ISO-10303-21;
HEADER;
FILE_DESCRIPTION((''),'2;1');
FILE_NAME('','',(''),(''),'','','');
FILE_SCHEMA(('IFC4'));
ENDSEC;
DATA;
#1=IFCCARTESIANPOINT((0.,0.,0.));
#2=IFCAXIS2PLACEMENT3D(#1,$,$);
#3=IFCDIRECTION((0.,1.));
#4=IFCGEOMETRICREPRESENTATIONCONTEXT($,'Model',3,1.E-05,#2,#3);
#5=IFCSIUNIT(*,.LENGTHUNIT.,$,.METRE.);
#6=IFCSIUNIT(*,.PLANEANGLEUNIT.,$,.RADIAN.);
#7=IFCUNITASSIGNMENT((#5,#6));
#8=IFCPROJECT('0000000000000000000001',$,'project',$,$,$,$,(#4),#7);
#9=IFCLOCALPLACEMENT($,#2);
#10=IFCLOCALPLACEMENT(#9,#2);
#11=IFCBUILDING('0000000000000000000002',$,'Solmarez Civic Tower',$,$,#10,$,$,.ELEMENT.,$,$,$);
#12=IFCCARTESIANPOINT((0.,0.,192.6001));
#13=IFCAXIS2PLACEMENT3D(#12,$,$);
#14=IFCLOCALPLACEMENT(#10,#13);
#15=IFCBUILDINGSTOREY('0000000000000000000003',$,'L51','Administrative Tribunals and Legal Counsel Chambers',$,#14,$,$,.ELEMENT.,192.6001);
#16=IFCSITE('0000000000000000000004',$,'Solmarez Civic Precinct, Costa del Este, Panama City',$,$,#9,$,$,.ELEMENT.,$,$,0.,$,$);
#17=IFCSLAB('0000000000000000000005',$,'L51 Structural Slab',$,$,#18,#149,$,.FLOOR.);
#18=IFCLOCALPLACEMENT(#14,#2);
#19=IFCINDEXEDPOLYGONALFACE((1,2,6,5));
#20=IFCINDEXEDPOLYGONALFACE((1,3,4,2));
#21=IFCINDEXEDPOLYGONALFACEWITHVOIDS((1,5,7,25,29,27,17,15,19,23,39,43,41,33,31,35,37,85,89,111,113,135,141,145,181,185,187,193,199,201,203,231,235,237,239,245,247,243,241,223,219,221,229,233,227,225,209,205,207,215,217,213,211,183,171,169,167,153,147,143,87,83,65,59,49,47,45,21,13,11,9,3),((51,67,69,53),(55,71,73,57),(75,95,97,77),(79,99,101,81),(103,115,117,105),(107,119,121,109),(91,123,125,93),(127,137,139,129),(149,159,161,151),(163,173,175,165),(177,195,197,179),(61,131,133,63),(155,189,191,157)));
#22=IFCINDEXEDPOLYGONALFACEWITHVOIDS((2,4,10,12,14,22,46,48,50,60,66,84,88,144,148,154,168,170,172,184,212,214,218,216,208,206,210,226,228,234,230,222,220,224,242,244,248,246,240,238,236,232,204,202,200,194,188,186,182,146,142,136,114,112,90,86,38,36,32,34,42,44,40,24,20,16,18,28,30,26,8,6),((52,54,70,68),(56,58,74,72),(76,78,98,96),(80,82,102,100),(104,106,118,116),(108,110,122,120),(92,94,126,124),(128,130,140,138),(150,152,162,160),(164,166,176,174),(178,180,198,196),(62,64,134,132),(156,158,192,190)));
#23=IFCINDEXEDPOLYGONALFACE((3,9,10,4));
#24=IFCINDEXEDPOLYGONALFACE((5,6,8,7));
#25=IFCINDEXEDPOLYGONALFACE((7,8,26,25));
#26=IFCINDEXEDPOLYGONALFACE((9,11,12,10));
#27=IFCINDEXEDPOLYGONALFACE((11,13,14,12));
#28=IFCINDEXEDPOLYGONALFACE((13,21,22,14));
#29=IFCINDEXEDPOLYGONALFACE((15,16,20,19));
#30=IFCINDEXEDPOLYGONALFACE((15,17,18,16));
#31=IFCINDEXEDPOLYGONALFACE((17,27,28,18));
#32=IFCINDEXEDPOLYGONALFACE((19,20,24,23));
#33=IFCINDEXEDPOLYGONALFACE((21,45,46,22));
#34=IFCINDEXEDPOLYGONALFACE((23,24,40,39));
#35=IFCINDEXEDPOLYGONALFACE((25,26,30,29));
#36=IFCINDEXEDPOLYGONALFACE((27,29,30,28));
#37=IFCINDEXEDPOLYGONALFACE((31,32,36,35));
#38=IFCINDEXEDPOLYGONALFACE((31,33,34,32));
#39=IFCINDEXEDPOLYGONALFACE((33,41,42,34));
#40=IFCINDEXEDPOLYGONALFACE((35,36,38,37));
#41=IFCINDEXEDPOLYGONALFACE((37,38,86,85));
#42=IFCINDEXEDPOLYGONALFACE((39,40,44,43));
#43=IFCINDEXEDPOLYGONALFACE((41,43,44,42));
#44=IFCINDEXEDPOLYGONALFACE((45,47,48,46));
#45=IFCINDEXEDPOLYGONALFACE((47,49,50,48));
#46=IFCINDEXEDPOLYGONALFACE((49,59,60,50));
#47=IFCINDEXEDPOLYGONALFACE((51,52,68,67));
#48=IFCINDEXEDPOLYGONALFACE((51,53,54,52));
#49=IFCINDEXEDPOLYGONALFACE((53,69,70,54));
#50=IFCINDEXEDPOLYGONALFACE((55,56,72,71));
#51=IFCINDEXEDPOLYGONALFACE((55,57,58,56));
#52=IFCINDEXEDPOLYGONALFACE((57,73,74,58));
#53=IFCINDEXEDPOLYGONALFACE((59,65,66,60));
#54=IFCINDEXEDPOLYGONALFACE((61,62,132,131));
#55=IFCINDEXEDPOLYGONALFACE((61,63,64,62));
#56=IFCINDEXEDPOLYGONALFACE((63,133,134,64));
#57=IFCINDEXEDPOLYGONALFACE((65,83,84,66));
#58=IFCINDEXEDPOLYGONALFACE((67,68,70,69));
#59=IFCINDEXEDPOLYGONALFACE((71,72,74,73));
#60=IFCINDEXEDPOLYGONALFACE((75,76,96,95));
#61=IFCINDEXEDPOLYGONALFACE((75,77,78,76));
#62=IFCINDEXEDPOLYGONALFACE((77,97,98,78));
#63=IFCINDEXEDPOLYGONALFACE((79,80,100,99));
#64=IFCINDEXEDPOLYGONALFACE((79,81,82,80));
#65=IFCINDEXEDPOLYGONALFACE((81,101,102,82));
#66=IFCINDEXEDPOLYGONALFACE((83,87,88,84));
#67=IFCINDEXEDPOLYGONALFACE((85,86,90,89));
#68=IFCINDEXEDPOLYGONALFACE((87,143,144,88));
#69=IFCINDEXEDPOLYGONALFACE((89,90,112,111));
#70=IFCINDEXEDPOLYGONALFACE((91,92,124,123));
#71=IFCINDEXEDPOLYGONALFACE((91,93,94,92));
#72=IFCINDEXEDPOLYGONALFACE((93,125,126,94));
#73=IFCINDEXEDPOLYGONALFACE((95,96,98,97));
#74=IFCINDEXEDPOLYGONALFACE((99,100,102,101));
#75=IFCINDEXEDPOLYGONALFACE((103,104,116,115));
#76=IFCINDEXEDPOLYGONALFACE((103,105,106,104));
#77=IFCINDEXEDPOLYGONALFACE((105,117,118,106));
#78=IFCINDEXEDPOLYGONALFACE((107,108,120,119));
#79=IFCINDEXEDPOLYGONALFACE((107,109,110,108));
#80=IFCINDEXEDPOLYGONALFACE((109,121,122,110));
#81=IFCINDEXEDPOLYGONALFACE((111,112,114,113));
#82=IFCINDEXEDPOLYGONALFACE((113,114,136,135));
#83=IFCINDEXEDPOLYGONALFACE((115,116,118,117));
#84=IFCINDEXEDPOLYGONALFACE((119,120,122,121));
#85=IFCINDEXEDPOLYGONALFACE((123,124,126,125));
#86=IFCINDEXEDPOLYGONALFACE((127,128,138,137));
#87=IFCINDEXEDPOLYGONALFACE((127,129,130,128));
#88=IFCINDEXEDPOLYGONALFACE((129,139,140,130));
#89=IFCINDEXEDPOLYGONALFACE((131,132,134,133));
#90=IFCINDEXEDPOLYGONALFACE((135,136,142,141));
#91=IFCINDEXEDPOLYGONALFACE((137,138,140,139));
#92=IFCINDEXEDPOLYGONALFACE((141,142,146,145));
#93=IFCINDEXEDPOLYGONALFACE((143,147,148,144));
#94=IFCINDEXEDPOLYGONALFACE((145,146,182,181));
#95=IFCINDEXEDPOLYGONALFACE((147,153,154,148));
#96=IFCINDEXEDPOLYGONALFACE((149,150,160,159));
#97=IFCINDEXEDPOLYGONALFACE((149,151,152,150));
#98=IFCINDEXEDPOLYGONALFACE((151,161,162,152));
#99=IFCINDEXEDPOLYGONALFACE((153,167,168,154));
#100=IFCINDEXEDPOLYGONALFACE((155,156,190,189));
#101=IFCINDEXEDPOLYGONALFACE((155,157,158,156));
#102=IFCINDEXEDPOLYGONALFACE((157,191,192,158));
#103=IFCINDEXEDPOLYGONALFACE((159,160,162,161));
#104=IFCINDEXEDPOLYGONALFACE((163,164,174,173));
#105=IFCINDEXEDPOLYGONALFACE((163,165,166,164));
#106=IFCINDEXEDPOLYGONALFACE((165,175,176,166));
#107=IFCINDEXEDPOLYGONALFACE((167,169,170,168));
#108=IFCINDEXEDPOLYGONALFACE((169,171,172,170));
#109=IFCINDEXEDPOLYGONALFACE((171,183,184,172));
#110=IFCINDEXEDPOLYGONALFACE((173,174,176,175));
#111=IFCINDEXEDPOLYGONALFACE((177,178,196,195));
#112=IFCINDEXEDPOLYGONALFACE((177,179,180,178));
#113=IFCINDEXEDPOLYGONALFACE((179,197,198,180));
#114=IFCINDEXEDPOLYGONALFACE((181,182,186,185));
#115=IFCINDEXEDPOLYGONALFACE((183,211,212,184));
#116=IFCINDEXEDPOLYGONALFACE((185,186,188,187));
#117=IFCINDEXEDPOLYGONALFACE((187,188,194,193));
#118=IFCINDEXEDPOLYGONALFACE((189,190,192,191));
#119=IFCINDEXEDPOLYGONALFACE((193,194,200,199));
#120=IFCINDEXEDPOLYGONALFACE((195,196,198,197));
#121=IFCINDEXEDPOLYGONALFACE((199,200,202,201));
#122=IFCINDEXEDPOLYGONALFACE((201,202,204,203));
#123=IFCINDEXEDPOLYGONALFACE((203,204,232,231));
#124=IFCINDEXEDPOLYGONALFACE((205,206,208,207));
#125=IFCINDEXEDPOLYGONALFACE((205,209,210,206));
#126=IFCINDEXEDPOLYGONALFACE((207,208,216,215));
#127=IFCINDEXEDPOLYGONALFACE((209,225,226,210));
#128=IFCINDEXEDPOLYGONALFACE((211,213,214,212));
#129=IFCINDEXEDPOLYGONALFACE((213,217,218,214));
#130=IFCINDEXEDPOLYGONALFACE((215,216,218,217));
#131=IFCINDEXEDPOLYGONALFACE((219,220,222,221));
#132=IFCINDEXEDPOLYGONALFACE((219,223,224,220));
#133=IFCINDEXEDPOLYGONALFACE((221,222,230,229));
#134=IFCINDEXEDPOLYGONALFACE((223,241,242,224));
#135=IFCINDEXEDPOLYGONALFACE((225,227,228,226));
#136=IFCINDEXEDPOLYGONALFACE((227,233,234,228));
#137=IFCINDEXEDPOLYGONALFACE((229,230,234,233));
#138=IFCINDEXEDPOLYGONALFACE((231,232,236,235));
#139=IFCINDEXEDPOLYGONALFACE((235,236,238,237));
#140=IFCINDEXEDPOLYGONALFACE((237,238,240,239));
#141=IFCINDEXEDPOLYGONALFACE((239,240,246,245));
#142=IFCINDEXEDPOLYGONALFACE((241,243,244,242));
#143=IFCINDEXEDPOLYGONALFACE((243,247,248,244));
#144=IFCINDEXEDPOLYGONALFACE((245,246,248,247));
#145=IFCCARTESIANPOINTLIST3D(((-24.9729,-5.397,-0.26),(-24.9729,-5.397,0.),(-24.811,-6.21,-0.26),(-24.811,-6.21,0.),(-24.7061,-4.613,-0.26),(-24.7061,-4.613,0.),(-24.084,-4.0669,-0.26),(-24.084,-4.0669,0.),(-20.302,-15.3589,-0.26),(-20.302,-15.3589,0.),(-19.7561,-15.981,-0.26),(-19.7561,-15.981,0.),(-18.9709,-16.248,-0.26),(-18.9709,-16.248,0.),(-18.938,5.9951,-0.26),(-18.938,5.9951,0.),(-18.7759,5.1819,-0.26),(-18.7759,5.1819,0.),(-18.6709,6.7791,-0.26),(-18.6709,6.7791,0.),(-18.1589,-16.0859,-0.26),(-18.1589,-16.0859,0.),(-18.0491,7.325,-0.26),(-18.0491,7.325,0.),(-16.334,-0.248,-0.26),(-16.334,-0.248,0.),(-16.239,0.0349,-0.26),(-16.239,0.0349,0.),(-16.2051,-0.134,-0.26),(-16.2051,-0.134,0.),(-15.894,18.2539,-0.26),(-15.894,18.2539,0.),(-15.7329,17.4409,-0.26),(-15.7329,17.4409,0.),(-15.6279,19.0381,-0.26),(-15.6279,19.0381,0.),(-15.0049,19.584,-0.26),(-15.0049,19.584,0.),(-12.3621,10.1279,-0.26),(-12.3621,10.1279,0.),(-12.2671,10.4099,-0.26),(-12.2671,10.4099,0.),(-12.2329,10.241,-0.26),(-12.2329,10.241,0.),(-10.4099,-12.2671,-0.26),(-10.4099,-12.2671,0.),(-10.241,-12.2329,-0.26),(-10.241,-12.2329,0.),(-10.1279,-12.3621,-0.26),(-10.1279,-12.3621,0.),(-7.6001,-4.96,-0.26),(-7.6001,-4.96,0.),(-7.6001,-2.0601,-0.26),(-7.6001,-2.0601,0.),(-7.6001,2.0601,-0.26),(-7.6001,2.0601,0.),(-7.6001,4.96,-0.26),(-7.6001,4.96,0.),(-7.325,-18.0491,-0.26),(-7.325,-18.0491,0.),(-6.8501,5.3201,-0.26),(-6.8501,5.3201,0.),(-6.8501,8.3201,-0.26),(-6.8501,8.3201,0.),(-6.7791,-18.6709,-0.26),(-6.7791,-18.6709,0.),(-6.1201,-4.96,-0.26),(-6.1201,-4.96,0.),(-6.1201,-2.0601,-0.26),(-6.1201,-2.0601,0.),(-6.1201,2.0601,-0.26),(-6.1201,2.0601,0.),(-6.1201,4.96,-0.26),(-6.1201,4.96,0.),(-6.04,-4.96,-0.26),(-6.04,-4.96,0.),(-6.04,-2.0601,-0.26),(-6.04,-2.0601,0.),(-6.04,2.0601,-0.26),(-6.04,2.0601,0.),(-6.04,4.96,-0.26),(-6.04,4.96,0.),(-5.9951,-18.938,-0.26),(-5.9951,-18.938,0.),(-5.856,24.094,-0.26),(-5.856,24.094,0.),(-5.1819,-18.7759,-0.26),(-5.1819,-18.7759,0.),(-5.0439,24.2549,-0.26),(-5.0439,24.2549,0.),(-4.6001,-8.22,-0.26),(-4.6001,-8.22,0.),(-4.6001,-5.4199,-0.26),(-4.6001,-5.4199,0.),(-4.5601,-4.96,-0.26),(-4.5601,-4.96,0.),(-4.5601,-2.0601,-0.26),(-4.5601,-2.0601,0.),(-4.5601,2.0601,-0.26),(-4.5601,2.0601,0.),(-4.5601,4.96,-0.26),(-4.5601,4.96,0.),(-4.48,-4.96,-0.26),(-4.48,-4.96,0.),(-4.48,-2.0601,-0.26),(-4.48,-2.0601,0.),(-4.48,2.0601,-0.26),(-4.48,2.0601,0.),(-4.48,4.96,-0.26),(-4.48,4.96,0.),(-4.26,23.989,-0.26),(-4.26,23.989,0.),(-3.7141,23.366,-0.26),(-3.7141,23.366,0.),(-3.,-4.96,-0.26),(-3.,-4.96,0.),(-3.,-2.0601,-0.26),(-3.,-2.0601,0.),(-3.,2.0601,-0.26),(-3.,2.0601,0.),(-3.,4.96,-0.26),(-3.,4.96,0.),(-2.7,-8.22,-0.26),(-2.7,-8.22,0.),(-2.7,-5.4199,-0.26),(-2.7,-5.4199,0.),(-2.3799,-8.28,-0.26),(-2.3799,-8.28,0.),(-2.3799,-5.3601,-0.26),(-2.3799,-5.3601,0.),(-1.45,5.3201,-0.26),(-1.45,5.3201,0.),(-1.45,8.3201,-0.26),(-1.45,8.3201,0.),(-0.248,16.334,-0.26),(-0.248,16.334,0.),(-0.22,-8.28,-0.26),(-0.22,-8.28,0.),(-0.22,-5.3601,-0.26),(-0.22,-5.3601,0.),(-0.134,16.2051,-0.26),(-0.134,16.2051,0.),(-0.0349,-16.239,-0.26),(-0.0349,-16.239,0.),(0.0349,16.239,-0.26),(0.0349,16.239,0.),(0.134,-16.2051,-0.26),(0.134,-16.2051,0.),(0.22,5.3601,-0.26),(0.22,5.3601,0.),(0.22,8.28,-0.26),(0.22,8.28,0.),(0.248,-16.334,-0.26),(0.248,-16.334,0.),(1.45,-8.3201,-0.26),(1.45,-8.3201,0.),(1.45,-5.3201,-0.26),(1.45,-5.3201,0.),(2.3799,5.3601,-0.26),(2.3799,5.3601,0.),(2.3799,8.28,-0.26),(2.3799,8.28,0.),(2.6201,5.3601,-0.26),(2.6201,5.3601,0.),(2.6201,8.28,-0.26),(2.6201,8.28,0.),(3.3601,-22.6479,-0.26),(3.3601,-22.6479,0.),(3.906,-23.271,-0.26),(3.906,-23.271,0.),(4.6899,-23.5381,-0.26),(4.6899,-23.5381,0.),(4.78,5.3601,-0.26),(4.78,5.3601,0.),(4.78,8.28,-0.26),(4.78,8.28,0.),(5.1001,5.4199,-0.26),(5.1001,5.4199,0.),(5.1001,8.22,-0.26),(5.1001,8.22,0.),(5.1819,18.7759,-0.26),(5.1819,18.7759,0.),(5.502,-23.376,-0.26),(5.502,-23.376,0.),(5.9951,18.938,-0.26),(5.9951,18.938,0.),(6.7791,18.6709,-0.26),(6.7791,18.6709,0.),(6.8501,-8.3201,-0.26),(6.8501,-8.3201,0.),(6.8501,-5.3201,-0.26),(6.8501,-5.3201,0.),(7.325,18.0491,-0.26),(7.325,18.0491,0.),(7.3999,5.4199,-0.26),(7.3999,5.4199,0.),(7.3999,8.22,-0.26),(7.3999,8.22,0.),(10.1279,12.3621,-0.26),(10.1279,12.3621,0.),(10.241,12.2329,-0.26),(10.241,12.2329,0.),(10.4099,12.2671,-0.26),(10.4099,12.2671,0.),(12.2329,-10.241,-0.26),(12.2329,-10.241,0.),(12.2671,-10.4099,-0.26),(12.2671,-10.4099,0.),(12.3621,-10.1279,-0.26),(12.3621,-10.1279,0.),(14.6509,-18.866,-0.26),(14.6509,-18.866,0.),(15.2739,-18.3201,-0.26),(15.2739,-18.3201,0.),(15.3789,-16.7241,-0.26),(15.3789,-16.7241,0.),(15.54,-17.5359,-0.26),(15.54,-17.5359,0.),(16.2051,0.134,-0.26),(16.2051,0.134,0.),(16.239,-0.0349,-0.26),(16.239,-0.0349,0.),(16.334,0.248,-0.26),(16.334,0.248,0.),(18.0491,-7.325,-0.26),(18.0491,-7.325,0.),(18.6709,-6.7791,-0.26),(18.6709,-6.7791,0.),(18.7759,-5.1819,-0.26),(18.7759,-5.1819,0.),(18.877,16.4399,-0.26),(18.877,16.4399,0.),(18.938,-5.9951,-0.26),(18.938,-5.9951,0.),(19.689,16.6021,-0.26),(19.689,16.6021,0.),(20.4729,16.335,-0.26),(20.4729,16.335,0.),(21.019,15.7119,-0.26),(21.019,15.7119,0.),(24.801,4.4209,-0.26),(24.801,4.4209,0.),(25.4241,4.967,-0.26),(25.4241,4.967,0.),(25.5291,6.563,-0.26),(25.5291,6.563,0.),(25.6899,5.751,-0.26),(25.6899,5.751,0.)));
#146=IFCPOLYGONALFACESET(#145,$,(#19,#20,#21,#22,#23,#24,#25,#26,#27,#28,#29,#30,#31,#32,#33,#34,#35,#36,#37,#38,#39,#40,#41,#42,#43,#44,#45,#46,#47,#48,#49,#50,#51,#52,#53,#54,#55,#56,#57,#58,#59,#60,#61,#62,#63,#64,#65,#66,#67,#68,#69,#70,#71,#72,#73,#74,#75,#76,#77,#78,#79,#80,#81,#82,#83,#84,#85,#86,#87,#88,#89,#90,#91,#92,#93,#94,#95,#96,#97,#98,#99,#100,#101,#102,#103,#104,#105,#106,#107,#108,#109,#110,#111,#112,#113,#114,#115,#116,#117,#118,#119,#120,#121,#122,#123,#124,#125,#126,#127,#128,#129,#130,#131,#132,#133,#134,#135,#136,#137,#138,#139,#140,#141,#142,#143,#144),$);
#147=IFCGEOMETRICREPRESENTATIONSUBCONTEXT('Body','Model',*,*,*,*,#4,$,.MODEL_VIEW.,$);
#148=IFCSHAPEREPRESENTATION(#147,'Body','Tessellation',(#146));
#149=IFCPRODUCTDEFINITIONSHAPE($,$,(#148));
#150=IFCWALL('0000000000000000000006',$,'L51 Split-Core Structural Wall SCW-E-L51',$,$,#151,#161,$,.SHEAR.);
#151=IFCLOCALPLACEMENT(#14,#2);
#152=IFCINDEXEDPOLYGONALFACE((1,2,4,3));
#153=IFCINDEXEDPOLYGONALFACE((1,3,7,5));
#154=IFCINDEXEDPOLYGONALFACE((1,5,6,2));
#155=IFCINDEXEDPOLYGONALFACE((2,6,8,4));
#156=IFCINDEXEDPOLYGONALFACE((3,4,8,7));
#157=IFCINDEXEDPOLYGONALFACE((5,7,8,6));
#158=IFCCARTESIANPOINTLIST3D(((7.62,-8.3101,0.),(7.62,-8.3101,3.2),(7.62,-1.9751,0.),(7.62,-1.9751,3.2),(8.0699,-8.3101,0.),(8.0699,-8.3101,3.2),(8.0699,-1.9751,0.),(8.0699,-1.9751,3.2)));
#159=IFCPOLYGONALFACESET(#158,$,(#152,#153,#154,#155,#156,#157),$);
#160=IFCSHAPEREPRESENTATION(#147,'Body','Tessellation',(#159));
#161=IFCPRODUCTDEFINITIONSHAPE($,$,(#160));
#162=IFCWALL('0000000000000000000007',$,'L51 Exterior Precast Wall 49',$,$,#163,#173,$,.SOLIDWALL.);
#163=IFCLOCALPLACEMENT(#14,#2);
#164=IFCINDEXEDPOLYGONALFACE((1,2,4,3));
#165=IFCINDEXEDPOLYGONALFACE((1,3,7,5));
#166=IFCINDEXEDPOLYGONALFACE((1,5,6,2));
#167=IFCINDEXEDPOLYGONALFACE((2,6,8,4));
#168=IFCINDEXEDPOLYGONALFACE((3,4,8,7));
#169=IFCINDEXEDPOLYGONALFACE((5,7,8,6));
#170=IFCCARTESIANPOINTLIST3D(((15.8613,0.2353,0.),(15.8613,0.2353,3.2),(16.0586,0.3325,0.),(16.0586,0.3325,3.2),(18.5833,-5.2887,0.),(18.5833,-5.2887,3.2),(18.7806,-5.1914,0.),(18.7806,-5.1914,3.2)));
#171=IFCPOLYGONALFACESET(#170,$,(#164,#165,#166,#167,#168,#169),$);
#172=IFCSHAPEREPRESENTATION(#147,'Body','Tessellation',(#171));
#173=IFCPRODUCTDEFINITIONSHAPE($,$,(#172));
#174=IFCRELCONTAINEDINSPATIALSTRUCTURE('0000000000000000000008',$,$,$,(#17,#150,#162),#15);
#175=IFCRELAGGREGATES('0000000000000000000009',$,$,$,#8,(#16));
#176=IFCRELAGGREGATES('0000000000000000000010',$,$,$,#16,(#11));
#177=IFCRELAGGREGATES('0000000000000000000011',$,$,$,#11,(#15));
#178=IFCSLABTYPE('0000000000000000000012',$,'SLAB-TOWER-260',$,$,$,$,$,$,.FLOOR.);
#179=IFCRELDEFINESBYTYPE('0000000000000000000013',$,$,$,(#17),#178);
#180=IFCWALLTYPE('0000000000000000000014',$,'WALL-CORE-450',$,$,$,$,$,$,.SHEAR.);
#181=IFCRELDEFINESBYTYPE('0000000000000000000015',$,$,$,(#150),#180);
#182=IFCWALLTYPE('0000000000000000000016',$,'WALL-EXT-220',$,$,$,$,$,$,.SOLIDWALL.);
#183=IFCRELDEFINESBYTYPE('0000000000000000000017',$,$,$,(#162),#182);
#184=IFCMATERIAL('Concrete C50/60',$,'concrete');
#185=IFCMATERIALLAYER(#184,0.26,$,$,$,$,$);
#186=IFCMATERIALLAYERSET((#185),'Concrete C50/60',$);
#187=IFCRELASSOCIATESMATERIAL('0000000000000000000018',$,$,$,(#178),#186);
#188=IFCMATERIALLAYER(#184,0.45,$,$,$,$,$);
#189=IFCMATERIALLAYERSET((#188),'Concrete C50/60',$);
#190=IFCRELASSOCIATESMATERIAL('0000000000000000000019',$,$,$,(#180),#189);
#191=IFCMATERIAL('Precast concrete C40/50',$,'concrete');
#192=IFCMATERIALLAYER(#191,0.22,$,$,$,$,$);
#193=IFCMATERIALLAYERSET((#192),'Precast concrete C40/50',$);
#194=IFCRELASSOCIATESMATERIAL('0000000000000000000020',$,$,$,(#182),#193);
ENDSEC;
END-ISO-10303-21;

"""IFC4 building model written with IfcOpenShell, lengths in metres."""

from ifc_helpers import new_model, si_unit, direction, frame, frame_2d, origin, place, context, subcontext, project, spatial, polyline, rectangle, outline, extrude, material, layer, layer_set, type_object, element, save


model = new_model("IFC4")

# Units and contexts
model_context = context("Model", 3, precision=1e-05, world=origin(), true_north=direction((0.0, 1.0)))
body_context = subcontext(model_context, "Body", "Model", "MODEL_VIEW")
ifc_project = project(units=[si_unit("LENGTHUNIT", "METRE"), si_unit("PLANEANGLEUNIT", "RADIAN")], contexts=[model_context])

# Site, building, storey
site_placement = place(None, origin())
site = spatial("IfcSite", under=ifc_project, at=site_placement, Name="Solmarez Civic Precinct, Costa del Este, Panama City", CompositionType="ELEMENT", RefElevation=0.0)
building_placement = place(site_placement, origin())
building = spatial("IfcBuilding", under=site, at=building_placement, Name="Solmarez Civic Tower", CompositionType="ELEMENT")
storey_placement = place(building_placement, frame((0.0, 0.0, 192.6001)))
storey = spatial("IfcBuildingStorey", under=building, at=storey_placement, Name="L51", Description="Administrative Tribunals and Legal Counsel Chambers", CompositionType="ELEMENT", Elevation=192.6001)

# Shared definitions
ifc_material_1 = material(Name="Concrete C50/60", Category="concrete")

# Slab
ifc_layer_1 = layer(ifc_material_1, 0.26)
ifc_layer_set_1 = layer_set([ifc_layer_1], Name="Concrete C50/60")
slab_type_1 = type_object("IfcSlabType", Name="SLAB-TOWER-260", PredefinedType="FLOOR", material=ifc_layer_set_1)
slab_1_placement = place(storey_placement, frame((0.0, 0.0, -0.26)))
element("IfcSlab", 1, at=slab_1_placement, inside=storey, type_object=slab_type_1, Name="L51 Structural Slab", PredefinedType="FLOOR", context=body_context, shape_type="SweptSolid", body=[
    extrude(outline(polyline([(-10.1279, -12.3621), (-7.325, -18.0491), (-6.7791, -18.6709), (-5.9951, -18.938), (-5.1819, -18.7759), (-0.0349, -16.239), (0.134, -16.2051), (0.248, -16.334), (3.3601, -22.6479), (3.906, -23.271), (4.6899, -23.5381), (5.502, -23.376), (14.6509, -18.866), (15.2739, -18.3201), (15.54, -17.5359), (15.3789, -16.7241), (12.2671, -10.4099), (12.2329, -10.241), (12.3621, -10.1279), (18.0491, -7.325), (18.6709, -6.7791), (18.938, -5.9951), (18.7759, -5.1819), (16.239, -0.0349), (16.2051, 0.134), (16.334, 0.248), (24.801, 4.4209), (25.4241, 4.967), (25.6899, 5.751), (25.5291, 6.563), (21.019, 15.7119), (20.4729, 16.335), (19.689, 16.6021), (18.877, 16.4399), (10.4099, 12.2671), (10.241, 12.2329), (10.1279, 12.3621), (7.325, 18.0491), (6.7791, 18.6709), (5.9951, 18.938), (5.1819, 18.7759), (0.0349, 16.239), (-0.134, 16.2051), (-0.248, 16.334), (-3.7141, 23.366), (-4.26, 23.989), (-5.0439, 24.2549), (-5.856, 24.094), (-15.0049, 19.584), (-15.6279, 19.0381), (-15.894, 18.2539), (-15.7329, 17.4409), (-12.2671, 10.4099), (-12.2329, 10.241), (-12.3621, 10.1279), (-18.0491, 7.325), (-18.6709, 6.7791), (-18.938, 5.9951), (-18.7759, 5.1819), (-16.239, 0.0349), (-16.2051, -0.134), (-16.334, -0.248), (-24.084, -4.0669), (-24.7061, -4.613), (-24.9729, -5.397), (-24.811, -6.21), (-20.302, -15.3589), (-19.7561, -15.981), (-18.9709, -16.248), (-18.1589, -16.0859), (-10.4099, -12.2671), (-10.241, -12.2329), (-10.1279, -12.3621)]), holes=[polyline([(-1.45, 8.3201), (-6.8501, 8.3201), (-6.8501, 5.3201), (-1.45, 5.3201), (-1.45, 8.3201)]), polyline([(1.45, -8.3201), (6.8501, -8.3201), (6.8501, -5.3201), (1.45, -5.3201), (1.45, -8.3201)]), polyline([(0.22, 5.3601), (2.3799, 5.3601), (2.3799, 8.28), (0.22, 8.28), (0.22, 5.3601)]), polyline([(2.6201, 5.3601), (4.78, 5.3601), (4.78, 8.28), (2.6201, 8.28), (2.6201, 5.3601)]), polyline([(-2.3799, -8.28), (-0.22, -8.28), (-0.22, -5.3601), (-2.3799, -5.3601), (-2.3799, -8.28)]), polyline([(-7.6001, -4.96), (-6.1201, -4.96), (-6.1201, -2.0601), (-7.6001, -2.0601), (-7.6001, -4.96)]), polyline([(-6.04, -4.96), (-4.5601, -4.96), (-4.5601, -2.0601), (-6.04, -2.0601), (-6.04, -4.96)]), polyline([(-4.48, -4.96), (-3.0, -4.96), (-3.0, -2.0601), (-4.48, -2.0601), (-4.48, -4.96)]), polyline([(-7.6001, 2.0601), (-6.1201, 2.0601), (-6.1201, 4.96), (-7.6001, 4.96), (-7.6001, 2.0601)]), polyline([(-6.04, 2.0601), (-4.5601, 2.0601), (-4.5601, 4.96), (-6.04, 4.96), (-6.04, 2.0601)]), polyline([(-4.48, 2.0601), (-3.0, 2.0601), (-3.0, 4.96), (-4.48, 4.96), (-4.48, 2.0601)]), polyline([(5.1001, 5.4199), (7.3999, 5.4199), (7.3999, 8.22), (5.1001, 8.22), (5.1001, 5.4199)]), polyline([(-4.6001, -8.22), (-2.7, -8.22), (-2.7, -5.4199), (-4.6001, -5.4199), (-4.6001, -8.22)])]), origin(), (0.0, 0.0, 1.0), 0.26),
])

# Walls
ifc_layer_2 = layer(ifc_material_1, 0.45)
ifc_layer_set_2 = layer_set([ifc_layer_2], Name="Concrete C50/60")
wall_type_1 = type_object("IfcWallType", Name="WALL-CORE-450", PredefinedType="SHEAR", material=ifc_layer_set_2)
wall_1_placement = place(storey_placement, frame((7.845, -1.9751, 0.0), z_axis=(0.0, 0.0, 1.0), x_axis=(0.0, -1.0, 0.0)))
element("IfcWall", 2, at=wall_1_placement, inside=storey, type_object=wall_type_1, Name="L51 Split-Core Structural Wall SCW-E-L51", PredefinedType="SHEAR", context=body_context, shape_type="SweptSolid", body=[
    extrude(rectangle(XDim=6.335, YDim=0.45, at=frame_2d((3.1675, 0.0))), origin(), (0.0, 0.0, 1.0), 3.2),
])
ifc_material_2 = material(Name="Precast concrete C40/50", Category="concrete")
ifc_layer_3 = layer(ifc_material_2, 0.22)
ifc_layer_set_3 = layer_set([ifc_layer_3], Name="Precast concrete C40/50")
wall_type_2 = type_object("IfcWallType", Name="WALL-EXT-220", PredefinedType="SOLIDWALL", material=ifc_layer_set_3)
wall_2_placement = place(storey_placement, frame((15.96, 0.2839, 0.0), z_axis=(0.0, 0.0, 1.0), x_axis=(0.442005, -0.897013, 0.0)))
element("IfcWall", 3, at=wall_2_placement, inside=storey, type_object=wall_type_2, Name="L51 Exterior Precast Wall 49", PredefinedType="SOLIDWALL", context=body_context, shape_type="SweptSolid", body=[
    extrude(rectangle(XDim=6.1582, YDim=0.22, at=frame_2d((3.0791, 0.0))), origin(), (0.0, 0.0, 1.0), 3.2),
])

save(model, "model.ifc")
